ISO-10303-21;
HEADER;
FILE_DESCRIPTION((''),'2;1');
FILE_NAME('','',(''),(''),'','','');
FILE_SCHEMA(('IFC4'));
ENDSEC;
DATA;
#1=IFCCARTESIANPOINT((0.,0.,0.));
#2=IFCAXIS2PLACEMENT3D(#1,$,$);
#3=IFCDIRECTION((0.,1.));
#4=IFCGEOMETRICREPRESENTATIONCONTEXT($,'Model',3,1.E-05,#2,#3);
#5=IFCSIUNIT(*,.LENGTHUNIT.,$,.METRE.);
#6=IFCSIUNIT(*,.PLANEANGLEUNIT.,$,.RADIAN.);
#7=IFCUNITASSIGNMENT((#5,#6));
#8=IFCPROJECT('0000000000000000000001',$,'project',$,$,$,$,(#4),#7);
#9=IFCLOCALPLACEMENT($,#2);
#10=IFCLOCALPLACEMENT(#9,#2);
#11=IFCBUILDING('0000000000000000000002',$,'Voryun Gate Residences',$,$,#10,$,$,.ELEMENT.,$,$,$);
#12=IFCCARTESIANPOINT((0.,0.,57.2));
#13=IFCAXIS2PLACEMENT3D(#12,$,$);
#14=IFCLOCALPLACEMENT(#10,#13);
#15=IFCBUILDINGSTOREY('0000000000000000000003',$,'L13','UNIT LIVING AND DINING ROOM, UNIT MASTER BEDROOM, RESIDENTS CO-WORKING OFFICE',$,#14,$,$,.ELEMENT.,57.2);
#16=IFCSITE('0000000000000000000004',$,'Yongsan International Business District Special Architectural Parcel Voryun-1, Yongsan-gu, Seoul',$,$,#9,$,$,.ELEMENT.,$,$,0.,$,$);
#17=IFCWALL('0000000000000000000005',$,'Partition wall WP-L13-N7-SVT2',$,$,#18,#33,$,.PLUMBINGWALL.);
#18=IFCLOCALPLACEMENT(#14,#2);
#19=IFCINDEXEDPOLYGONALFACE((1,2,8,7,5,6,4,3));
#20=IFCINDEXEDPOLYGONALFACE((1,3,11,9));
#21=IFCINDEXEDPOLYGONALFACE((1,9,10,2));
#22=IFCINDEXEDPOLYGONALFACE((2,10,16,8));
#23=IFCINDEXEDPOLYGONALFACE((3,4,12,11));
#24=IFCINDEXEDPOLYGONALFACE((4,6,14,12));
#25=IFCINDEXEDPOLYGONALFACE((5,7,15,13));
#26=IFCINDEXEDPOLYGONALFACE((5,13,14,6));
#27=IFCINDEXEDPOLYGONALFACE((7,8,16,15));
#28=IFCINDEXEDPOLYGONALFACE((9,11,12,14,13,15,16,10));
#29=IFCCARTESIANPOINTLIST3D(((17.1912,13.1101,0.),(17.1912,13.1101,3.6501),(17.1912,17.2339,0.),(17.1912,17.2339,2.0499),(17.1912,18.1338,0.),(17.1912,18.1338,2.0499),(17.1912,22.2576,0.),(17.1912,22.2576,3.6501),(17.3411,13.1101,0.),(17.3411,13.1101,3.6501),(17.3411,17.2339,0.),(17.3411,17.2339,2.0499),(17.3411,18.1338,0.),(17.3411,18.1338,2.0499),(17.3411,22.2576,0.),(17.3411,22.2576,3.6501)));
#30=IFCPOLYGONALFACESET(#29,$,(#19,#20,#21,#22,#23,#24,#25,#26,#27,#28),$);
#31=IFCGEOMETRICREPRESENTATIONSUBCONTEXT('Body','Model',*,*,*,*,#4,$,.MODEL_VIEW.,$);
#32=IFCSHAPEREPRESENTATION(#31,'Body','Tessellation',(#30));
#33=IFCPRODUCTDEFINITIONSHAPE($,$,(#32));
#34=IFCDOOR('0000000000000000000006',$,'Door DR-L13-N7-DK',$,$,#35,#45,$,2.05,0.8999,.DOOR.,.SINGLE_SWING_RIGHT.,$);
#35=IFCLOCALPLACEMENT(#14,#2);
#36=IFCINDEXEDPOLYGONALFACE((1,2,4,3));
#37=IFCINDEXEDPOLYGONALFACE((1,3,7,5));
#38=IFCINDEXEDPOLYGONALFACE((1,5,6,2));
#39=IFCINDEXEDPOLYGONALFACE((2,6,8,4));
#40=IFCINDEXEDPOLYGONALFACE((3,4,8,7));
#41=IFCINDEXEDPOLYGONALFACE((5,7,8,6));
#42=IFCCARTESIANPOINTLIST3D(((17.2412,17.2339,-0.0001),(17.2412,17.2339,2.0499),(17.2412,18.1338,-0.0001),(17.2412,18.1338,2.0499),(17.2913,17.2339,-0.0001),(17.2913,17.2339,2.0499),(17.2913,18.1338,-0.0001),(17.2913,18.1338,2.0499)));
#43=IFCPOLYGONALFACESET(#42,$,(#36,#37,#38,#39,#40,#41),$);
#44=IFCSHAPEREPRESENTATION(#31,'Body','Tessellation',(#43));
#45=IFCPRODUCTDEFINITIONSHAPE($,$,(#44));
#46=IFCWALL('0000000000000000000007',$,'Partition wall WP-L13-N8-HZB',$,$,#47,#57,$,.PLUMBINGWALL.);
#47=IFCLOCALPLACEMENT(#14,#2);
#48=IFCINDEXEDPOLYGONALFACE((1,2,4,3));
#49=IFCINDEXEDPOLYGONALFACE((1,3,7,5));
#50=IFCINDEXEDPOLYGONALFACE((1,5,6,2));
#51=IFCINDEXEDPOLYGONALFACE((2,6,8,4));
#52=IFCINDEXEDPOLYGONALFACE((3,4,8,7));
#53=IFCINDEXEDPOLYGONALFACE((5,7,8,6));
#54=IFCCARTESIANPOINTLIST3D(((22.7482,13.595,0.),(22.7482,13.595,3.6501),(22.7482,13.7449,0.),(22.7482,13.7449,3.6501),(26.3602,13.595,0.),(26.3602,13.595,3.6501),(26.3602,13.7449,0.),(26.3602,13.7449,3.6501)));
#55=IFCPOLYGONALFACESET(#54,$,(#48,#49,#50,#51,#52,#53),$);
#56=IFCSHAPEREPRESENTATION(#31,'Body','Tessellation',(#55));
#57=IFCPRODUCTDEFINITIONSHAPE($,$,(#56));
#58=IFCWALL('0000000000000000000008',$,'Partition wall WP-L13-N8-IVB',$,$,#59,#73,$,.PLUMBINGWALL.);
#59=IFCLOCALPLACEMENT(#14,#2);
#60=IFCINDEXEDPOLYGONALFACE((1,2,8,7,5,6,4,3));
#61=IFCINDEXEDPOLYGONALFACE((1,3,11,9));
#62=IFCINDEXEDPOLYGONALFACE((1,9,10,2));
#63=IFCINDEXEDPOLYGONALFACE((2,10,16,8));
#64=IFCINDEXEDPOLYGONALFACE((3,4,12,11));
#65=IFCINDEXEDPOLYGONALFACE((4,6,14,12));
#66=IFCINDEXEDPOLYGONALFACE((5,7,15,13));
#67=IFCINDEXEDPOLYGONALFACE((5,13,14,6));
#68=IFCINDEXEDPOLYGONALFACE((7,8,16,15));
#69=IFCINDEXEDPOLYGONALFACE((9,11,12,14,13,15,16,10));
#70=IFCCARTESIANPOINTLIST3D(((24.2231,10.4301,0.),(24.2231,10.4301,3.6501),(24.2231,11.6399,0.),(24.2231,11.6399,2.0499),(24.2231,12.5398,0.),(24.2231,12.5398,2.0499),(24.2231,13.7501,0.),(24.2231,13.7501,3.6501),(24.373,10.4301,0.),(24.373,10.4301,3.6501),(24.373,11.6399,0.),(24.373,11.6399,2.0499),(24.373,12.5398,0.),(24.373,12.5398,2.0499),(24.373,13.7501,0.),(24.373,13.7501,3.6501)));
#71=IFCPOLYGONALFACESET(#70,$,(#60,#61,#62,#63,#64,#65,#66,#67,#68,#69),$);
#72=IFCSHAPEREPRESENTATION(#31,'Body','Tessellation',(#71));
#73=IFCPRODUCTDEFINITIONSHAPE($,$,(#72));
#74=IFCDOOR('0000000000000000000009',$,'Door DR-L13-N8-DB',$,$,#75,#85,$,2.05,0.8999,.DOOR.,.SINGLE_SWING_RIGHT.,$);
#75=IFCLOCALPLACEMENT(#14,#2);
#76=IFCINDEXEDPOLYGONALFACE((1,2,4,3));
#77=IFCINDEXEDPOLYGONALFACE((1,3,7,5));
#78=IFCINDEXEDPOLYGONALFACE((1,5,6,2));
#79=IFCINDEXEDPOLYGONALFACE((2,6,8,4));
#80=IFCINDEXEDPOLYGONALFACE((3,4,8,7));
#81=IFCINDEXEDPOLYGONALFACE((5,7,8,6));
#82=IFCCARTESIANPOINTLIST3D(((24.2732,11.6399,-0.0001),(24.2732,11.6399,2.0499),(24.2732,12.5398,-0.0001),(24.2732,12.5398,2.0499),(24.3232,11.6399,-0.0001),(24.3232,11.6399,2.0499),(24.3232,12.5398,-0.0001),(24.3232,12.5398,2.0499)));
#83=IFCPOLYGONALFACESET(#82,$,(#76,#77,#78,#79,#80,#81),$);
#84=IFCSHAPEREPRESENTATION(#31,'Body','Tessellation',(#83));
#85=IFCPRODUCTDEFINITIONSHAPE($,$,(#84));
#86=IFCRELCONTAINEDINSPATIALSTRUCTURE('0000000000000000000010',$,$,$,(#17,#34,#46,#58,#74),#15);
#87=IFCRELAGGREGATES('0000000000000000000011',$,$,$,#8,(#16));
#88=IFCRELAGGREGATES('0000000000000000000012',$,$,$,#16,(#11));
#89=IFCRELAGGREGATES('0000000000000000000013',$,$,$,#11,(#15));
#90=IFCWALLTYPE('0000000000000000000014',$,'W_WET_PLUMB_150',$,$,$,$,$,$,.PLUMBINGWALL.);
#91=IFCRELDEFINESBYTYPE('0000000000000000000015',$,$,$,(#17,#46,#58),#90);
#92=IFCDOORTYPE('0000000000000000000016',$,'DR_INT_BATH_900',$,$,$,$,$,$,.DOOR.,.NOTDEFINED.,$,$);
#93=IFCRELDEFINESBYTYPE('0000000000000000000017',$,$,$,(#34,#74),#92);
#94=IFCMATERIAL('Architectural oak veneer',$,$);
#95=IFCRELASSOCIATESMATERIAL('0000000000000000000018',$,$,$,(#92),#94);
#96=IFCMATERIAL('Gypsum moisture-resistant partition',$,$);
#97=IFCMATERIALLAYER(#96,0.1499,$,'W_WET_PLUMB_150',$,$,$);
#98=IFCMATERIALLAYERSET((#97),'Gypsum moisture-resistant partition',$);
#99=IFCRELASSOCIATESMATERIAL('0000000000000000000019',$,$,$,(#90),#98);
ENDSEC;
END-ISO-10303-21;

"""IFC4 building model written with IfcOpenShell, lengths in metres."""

from ifc_helpers import new_model, si_unit, direction, frame, frame_2d, origin, place, context, subcontext, project, spatial, rectangle, extrude, material, layer, layer_set, type_object, element, fill, save


model = new_model("IFC4")

# Units and contexts
model_context = context("Model", 3, precision=1e-05, world=origin(), true_north=direction((0.0, 1.0)))
body_context = subcontext(model_context, "Body", "Model", "MODEL_VIEW")
ifc_project = project(units=[si_unit("LENGTHUNIT", "METRE"), si_unit("PLANEANGLEUNIT", "RADIAN")], contexts=[model_context])

# Site, building, storey
site_placement = place(None, origin())
site = spatial("IfcSite", under=ifc_project, at=site_placement, Name="Yongsan International Business District Special Architectural Parcel Voryun-1, Yongsan-gu, Seoul", CompositionType="ELEMENT", RefElevation=0.0)
building_placement = place(site_placement, origin())
building = spatial("IfcBuilding", under=site, at=building_placement, Name="Voryun Gate Residences", CompositionType="ELEMENT")
storey_placement = place(building_placement, frame((0.0, 0.0, 57.2)))
storey = spatial("IfcBuildingStorey", under=building, at=storey_placement, Name="L13", Description="UNIT LIVING AND DINING ROOM, UNIT MASTER BEDROOM, RESIDENTS CO-WORKING OFFICE", CompositionType="ELEMENT", Elevation=57.2)

# Shared definitions
ifc_material_1 = material(Name="Architectural oak veneer")
door_type_1 = type_object("IfcDoorType", Name="DR_INT_BATH_900", OperationType="NOTDEFINED", PredefinedType="DOOR", material=ifc_material_1)

# Shared definitions
ifc_material_2 = material(Name="Gypsum moisture-resistant partition")
ifc_layer_1 = layer(ifc_material_2, 0.1499, Name="W_WET_PLUMB_150")
ifc_layer_set_1 = layer_set([ifc_layer_1], Name="Gypsum moisture-resistant partition")
wall_type_1 = type_object("IfcWallType", Name="W_WET_PLUMB_150", PredefinedType="PLUMBINGWALL", material=ifc_layer_set_1)

# Wall, opening, door
wall_1_placement = place(storey_placement, frame((17.2661, 13.1101, 0.0), z_axis=(0.0, 0.0, 1.0), x_axis=(0.0, 1.0, 0.0)))
wall_1 = element("IfcWall", 1, at=wall_1_placement, inside=storey, type_object=wall_type_1, Name="Partition wall WP-L13-N7-SVT2", PredefinedType="PLUMBINGWALL", context=body_context, shape_type="SweptSolid", body=[
    extrude(rectangle(XDim=9.1475, YDim=0.1499, at=frame_2d((4.5737, 0.0))), origin(), (0.0, 0.0, 1.0), 3.6501),
])
opening_1_placement = place(wall_1_placement, frame((4.1238, 0.0, 0.0)))
opening_1 = element("IfcOpeningElement", 2, at=opening_1_placement, cuts=wall_1, PredefinedType="OPENING", context=body_context, shape_type="SweptSolid", body=[
    extrude(rectangle(XDim=0.8999, YDim=2.05, at=frame_2d((0.45, 1.0249))), frame((0.0, 0.085, 0.0), z_axis=(0.0, -1.0, 0.0), x_axis=(1.0, 0.0, 0.0)), (0.0, 0.0, 1.0), 0.1699),
])
door_1_placement = place(opening_1_placement, origin())
door_1 = element("IfcDoor", 3, at=door_1_placement, inside=storey, type_object=door_type_1, Name="Door DR-L13-N7-DK", OperationType="SINGLE_SWING_RIGHT", OverallHeight=2.05, OverallWidth=0.8999, PredefinedType="DOOR", context=body_context, shape_type="SweptSolid", body=[
    extrude(rectangle(XDim=0.8999, YDim=2.05, at=frame_2d((0.45, 1.0249))), frame((0.0, 0.0249, 0.0), z_axis=(0.0, -1.0, 0.0), x_axis=(1.0, 0.0, 0.0)), (0.0, 0.0, 1.0), 0.05),
])
fill(opening_1, door_1)

# Wall
wall_2_placement = place(storey_placement, frame((22.748, 13.6699, 0.0), z_axis=(0.0, 0.0, 1.0), x_axis=(1.0, 0.0, 0.0)))
element("IfcWall", 4, at=wall_2_placement, inside=storey, type_object=wall_type_1, Name="Partition wall WP-L13-N8-HZB", PredefinedType="PLUMBINGWALL", context=body_context, shape_type="SweptSolid", body=[
    extrude(rectangle(XDim=3.6121, YDim=0.1499, at=frame_2d((1.8062, 0.0))), origin(), (0.0, 0.0, 1.0), 3.6501),
])

# Wall, opening, door
wall_3_placement = place(storey_placement, frame((24.2981, 10.4299, 0.0), z_axis=(0.0, 0.0, 1.0), x_axis=(0.0, 1.0, 0.0)))
wall_3 = element("IfcWall", 5, at=wall_3_placement, inside=storey, type_object=wall_type_1, Name="Partition wall WP-L13-N8-IVB", PredefinedType="PLUMBINGWALL", context=body_context, shape_type="SweptSolid", body=[
    extrude(rectangle(XDim=3.3201, YDim=0.1499, at=frame_2d((1.6602, 0.0))), origin(), (0.0, 0.0, 1.0), 3.6501),
])
opening_2_placement = place(wall_3_placement, frame((1.21, 0.0, 0.0)))
opening_2 = element("IfcOpeningElement", 6, at=opening_2_placement, cuts=wall_3, PredefinedType="OPENING", context=body_context, shape_type="SweptSolid", body=[
    extrude(rectangle(XDim=0.8999, YDim=2.05, at=frame_2d((0.45, 1.0249))), frame((0.0, 0.085, 0.0), z_axis=(0.0, -1.0, 0.0), x_axis=(1.0, 0.0, 0.0)), (0.0, 0.0, 1.0), 0.1699),
])
door_2_placement = place(opening_2_placement, origin())
door_2 = element("IfcDoor", 7, at=door_2_placement, inside=storey, type_object=door_type_1, Name="Door DR-L13-N8-DB", OperationType="SINGLE_SWING_RIGHT", OverallHeight=2.05, OverallWidth=0.8999, PredefinedType="DOOR", context=body_context, shape_type="SweptSolid", body=[
    extrude(rectangle(XDim=0.8999, YDim=2.05, at=frame_2d((0.45, 1.0249))), frame((0.0, 0.0249, 0.0), z_axis=(0.0, -1.0, 0.0), x_axis=(1.0, 0.0, 0.0)), (0.0, 0.0, 1.0), 0.05),
])
fill(opening_2, door_2)

save(model, "model.ifc")
